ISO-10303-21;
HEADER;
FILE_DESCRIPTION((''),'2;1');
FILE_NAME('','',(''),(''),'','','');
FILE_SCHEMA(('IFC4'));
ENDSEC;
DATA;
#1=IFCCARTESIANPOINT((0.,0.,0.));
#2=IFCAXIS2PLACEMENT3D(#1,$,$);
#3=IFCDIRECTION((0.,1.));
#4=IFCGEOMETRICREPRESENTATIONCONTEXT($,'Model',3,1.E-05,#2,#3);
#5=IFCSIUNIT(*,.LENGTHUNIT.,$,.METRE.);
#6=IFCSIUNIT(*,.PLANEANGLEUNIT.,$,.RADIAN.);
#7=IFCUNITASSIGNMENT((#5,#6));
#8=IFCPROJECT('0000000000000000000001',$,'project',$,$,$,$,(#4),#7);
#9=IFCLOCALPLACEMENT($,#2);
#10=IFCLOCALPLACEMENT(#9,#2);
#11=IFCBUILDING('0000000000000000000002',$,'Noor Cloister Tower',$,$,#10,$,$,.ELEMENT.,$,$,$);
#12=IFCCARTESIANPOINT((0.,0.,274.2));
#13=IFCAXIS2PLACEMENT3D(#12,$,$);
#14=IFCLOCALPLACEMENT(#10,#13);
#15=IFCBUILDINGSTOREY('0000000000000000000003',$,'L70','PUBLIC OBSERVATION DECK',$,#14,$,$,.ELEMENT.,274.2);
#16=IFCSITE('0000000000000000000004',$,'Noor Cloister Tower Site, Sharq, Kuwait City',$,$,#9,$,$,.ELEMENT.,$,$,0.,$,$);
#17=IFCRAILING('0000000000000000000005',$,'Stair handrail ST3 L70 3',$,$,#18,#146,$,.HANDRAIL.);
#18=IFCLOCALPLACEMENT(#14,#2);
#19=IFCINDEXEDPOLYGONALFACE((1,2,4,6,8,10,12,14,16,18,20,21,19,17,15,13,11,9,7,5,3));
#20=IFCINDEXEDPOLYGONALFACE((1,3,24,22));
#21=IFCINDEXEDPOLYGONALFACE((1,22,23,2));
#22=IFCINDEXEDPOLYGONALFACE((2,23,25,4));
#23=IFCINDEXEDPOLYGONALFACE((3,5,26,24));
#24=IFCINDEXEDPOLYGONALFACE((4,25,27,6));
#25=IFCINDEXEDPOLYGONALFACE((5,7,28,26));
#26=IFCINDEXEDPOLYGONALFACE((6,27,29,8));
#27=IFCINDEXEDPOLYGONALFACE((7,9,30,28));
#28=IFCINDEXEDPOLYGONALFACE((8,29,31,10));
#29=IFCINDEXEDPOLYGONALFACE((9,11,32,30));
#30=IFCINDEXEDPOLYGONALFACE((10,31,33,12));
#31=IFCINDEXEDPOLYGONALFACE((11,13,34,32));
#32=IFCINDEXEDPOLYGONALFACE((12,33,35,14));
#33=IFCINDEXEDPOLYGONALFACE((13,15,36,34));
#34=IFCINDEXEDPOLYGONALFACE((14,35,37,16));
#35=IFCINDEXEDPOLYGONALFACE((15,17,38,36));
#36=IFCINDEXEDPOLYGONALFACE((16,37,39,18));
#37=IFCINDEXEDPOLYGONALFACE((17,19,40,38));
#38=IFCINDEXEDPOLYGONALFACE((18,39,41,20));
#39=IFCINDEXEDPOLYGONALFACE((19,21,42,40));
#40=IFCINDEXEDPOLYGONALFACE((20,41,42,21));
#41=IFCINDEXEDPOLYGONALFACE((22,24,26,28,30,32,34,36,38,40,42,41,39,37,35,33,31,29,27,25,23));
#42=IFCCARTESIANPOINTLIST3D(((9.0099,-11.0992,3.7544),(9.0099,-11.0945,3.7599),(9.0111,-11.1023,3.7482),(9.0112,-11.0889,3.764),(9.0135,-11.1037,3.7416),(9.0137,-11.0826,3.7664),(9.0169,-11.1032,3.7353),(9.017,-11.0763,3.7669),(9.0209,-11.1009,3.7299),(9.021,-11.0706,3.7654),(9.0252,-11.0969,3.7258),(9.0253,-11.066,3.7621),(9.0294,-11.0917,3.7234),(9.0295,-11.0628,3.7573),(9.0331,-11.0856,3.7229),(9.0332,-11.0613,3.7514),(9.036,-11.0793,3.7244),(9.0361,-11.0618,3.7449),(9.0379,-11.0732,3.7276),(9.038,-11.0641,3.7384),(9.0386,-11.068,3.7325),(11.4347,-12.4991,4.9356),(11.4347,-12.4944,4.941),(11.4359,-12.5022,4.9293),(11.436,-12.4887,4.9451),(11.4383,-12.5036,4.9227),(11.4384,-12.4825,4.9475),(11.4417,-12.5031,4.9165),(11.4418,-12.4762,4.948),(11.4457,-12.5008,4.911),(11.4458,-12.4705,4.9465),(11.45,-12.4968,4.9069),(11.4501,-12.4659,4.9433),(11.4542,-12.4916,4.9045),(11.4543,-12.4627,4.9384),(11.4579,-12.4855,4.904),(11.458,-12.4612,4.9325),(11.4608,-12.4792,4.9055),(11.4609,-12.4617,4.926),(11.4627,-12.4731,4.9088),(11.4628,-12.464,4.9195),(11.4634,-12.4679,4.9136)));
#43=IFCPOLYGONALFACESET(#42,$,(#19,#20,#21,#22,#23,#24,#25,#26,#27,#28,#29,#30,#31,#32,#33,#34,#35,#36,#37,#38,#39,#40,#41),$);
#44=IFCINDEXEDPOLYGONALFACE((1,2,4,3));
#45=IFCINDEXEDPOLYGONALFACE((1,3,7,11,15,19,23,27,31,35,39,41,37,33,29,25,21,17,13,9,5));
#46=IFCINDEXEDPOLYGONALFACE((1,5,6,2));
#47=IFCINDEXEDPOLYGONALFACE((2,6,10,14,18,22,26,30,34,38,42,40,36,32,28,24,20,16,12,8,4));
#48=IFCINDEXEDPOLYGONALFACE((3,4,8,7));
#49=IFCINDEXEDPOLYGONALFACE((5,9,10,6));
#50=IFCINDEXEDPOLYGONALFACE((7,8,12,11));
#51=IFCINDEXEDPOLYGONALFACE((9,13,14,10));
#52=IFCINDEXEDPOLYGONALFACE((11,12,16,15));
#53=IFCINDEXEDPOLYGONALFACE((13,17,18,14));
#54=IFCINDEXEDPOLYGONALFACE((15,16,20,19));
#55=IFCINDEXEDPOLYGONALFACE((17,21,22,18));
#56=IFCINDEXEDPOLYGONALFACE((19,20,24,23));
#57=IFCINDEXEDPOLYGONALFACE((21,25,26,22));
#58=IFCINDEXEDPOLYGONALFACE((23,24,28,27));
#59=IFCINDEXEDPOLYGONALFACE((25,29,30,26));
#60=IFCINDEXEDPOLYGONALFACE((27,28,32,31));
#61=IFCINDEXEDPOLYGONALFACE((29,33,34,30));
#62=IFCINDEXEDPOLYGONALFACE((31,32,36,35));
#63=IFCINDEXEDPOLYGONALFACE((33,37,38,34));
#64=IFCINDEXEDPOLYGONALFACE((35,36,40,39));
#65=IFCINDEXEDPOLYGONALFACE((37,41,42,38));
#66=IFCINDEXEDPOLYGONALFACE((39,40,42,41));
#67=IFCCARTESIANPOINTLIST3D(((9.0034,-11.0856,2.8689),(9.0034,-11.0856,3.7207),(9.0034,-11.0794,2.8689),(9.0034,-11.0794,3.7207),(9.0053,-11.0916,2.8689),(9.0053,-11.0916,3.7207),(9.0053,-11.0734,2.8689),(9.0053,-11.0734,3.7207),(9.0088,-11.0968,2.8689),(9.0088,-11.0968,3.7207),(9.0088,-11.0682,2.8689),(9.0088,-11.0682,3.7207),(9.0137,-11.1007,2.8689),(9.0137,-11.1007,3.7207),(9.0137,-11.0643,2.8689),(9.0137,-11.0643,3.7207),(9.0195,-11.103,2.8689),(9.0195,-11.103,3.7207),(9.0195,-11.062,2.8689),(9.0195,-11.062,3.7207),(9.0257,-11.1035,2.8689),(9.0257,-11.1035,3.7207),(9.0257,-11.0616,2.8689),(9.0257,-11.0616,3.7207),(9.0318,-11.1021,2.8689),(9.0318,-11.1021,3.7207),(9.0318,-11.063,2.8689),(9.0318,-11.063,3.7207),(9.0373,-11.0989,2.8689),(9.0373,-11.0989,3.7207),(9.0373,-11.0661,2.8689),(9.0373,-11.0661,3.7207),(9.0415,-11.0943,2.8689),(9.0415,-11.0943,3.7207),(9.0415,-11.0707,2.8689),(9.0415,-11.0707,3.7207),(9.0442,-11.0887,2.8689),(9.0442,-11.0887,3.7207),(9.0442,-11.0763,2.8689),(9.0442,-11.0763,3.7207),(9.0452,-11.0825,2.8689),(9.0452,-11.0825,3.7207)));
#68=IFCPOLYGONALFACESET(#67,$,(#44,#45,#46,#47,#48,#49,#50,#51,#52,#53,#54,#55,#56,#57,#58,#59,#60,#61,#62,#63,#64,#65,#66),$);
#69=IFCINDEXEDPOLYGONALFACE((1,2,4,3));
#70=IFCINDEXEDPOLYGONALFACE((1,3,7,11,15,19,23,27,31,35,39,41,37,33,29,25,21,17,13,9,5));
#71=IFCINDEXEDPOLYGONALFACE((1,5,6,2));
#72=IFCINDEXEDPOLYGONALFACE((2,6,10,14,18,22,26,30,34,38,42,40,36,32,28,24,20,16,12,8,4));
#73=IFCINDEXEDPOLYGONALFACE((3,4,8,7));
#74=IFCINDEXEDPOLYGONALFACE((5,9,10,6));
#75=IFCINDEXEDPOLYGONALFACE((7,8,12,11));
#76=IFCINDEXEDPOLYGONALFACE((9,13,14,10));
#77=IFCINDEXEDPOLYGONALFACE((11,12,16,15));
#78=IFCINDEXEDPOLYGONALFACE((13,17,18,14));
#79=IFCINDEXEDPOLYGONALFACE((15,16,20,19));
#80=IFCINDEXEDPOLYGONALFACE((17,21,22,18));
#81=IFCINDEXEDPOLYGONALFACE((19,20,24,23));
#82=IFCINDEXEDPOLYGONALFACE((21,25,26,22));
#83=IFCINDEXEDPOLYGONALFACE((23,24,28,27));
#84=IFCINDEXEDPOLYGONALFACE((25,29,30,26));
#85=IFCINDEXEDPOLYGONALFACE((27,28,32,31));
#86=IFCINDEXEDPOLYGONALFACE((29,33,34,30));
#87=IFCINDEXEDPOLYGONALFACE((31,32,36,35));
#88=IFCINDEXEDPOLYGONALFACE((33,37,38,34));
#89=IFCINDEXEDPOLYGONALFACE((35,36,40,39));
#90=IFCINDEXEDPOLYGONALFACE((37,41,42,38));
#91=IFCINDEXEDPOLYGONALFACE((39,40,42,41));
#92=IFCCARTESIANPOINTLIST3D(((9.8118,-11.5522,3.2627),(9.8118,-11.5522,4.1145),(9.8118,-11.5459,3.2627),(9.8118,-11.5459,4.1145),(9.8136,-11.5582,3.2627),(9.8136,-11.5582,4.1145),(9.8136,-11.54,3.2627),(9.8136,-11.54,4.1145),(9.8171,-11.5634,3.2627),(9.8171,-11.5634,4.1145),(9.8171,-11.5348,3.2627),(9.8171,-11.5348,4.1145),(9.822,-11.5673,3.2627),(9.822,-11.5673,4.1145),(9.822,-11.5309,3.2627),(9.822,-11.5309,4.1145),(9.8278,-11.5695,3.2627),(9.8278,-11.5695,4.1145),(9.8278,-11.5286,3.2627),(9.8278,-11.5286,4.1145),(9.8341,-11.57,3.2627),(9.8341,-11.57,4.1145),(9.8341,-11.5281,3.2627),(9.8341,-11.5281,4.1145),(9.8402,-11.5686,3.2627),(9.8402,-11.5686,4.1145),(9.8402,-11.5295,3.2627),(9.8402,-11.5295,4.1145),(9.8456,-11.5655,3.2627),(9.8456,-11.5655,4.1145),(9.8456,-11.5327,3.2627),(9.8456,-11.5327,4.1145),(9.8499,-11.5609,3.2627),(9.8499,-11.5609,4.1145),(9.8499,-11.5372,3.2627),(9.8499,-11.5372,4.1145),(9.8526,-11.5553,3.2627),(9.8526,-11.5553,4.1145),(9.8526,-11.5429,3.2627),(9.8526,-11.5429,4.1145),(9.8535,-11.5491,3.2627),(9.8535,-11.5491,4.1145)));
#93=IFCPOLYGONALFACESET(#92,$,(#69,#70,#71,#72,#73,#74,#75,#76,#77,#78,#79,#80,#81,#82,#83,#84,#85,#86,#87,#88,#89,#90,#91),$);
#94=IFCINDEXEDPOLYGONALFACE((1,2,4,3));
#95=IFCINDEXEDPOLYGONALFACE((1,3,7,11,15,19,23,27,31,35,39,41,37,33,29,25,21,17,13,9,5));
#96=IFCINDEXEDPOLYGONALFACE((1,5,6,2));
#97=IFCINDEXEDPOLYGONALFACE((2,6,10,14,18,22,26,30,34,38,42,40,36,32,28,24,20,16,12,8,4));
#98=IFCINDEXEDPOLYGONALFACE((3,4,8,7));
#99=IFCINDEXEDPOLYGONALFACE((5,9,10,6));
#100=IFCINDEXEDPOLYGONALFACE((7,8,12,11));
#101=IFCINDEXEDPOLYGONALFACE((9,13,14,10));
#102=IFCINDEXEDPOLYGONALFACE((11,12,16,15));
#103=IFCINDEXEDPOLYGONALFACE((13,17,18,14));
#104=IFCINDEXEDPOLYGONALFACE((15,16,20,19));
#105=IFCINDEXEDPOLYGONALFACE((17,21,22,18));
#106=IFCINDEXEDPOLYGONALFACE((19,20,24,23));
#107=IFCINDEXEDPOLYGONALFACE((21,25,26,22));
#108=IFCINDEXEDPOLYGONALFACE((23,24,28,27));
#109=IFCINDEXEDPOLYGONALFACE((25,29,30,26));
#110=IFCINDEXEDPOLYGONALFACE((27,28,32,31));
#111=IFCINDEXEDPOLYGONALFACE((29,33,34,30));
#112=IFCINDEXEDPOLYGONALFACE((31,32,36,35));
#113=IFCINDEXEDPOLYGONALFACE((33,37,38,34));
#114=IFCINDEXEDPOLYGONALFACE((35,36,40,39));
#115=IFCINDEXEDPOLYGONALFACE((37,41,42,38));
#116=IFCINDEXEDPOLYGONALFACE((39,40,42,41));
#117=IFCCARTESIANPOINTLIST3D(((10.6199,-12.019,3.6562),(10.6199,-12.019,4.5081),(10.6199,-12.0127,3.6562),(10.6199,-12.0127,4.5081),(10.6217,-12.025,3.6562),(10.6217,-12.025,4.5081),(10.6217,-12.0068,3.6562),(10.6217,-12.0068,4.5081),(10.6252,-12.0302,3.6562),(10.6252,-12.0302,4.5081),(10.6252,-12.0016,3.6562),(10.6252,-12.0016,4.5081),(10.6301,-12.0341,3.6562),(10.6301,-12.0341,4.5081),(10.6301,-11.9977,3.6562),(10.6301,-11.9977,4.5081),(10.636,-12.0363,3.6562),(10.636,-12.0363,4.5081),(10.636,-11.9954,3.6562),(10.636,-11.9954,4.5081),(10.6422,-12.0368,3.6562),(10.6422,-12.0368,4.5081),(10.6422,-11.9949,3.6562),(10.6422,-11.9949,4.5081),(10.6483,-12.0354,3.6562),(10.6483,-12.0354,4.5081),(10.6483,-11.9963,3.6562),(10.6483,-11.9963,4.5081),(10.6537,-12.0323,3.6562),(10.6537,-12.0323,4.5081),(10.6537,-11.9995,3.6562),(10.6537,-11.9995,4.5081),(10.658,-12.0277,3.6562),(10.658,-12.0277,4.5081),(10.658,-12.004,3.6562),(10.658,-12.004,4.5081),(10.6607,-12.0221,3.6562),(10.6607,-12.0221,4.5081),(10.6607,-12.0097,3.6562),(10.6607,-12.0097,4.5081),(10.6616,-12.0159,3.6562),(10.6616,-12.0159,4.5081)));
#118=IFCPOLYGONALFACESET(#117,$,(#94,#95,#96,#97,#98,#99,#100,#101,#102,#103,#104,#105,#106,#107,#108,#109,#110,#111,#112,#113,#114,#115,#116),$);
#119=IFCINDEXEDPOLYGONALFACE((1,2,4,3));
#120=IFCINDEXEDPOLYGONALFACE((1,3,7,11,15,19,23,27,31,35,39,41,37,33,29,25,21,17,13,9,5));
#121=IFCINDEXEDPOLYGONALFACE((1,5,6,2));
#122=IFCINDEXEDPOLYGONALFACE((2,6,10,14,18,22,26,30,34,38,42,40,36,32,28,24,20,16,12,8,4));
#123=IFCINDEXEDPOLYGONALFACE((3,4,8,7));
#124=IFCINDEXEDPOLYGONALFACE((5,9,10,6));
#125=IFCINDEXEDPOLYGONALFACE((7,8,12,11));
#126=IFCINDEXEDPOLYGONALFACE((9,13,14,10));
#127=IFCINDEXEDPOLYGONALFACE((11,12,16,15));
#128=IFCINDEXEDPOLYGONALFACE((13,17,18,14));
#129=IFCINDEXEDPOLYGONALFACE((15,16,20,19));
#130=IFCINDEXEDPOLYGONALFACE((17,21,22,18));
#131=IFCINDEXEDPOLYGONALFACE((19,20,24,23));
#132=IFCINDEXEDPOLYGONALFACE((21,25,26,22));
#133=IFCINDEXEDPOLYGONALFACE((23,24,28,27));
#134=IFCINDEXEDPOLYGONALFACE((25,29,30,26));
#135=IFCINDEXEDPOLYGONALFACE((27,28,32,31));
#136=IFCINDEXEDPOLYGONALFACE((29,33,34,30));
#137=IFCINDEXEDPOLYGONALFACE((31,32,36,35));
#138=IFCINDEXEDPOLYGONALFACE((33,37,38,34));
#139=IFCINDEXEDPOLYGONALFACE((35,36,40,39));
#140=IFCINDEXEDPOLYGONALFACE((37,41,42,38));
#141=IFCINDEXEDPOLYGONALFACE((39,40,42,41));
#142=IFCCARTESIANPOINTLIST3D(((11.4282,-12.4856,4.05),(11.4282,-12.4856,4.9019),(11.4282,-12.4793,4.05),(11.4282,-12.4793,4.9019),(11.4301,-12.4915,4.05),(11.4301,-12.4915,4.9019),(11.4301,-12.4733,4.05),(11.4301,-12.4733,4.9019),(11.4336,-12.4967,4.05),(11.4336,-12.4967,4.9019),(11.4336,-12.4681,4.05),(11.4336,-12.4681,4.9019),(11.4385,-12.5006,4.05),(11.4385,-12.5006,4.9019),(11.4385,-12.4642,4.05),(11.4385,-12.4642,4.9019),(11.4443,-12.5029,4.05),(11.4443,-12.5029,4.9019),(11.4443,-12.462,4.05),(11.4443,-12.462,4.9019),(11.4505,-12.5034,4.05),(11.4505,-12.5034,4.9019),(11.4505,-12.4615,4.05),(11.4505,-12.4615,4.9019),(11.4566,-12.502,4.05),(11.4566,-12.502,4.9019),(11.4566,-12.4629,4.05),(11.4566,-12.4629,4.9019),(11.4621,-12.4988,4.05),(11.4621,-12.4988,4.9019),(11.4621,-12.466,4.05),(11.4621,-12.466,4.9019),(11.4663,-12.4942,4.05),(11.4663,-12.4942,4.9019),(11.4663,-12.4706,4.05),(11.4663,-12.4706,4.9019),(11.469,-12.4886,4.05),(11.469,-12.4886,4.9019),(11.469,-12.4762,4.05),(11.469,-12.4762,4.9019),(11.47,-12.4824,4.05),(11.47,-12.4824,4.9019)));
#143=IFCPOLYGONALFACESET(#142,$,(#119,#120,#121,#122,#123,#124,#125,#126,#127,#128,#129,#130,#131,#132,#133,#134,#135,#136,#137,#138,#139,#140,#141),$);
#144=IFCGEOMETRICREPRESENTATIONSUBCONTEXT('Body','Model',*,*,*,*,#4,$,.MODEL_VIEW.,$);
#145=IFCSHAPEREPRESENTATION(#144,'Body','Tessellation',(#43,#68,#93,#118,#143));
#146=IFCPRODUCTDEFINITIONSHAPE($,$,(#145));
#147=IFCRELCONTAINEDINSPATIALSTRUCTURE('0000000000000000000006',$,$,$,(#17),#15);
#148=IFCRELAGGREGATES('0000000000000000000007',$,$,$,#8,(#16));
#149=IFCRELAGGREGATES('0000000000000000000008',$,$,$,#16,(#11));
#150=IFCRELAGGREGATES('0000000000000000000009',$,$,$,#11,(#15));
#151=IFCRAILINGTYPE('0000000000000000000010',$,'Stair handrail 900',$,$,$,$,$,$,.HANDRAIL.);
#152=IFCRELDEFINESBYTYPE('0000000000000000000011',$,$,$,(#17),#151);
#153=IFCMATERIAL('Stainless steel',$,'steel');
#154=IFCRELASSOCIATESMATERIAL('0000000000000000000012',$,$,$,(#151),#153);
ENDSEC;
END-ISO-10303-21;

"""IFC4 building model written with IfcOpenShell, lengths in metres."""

from ifc_helpers import new_model, si_unit, direction, frame, origin, origin_2d, place, context, subcontext, project, spatial, circle, extrude, material, type_object, element, save


model = new_model("IFC4")

# Units and contexts
model_context = context("Model", 3, precision=1e-05, world=origin(), true_north=direction((0.0, 1.0)))
body_context = subcontext(model_context, "Body", "Model", "MODEL_VIEW")
ifc_project = project(units=[si_unit("LENGTHUNIT", "METRE"), si_unit("PLANEANGLEUNIT", "RADIAN")], contexts=[model_context])

# Site, building, storey
site_placement = place(None, origin())
site = spatial("IfcSite", under=ifc_project, at=site_placement, Name="Noor Cloister Tower Site, Sharq, Kuwait City", CompositionType="ELEMENT", RefElevation=0.0)
building_placement = place(site_placement, origin())
building = spatial("IfcBuilding", under=site, at=building_placement, Name="Noor Cloister Tower", CompositionType="ELEMENT")
storey_placement = place(building_placement, frame((0.0, 0.0, 274.2)))
storey = spatial("IfcBuildingStorey", under=building, at=storey_placement, Name="L70", Description="PUBLIC OBSERVATION DECK", CompositionType="ELEMENT", Elevation=274.2)

# Railing
ifc_material_1 = material(Name="Stainless steel", Category="steel")
railing_type_1 = type_object("IfcRailingType", Name="Stair handrail 900", PredefinedType="HANDRAIL", material=ifc_material_1)
railing_1_placement = place(storey_placement, frame((9.0242, -11.0825, 2.8689)))
element("IfcRailing", 1, at=railing_1_placement, inside=storey, type_object=railing_type_1, Name="Stair handrail ST3 L70 3", PredefinedType="HANDRAIL", context=body_context, shape_type="SweptSolid", body=[
    extrude(circle(Radius=0.0239, at=origin_2d()), frame((0.0, 0.0, 0.876), z_axis=(0.797939, -0.460671, 0.388686), x_axis=(0.499984, 0.866035, 0.0)), (0.0, 0.0, 1.0), 3.0388),
    extrude(circle(Radius=0.021, at=origin_2d()), origin(), (0.0, 0.0, 1.0), 0.8518),
    extrude(circle(Radius=0.021, at=origin_2d()), frame((0.8083, -0.4666, 0.3938)), (0.0, 0.0, 1.0), 0.8518),
    extrude(circle(Radius=0.021, at=origin_2d()), frame((1.6165, -0.9333, 0.7874)), (0.0, 0.0, 1.0), 0.8518),
    extrude(circle(Radius=0.021, at=origin_2d()), frame((2.4248, -1.3999, 1.1812)), (0.0, 0.0, 1.0), 0.8518),
])

save(model, "model.ifc")
